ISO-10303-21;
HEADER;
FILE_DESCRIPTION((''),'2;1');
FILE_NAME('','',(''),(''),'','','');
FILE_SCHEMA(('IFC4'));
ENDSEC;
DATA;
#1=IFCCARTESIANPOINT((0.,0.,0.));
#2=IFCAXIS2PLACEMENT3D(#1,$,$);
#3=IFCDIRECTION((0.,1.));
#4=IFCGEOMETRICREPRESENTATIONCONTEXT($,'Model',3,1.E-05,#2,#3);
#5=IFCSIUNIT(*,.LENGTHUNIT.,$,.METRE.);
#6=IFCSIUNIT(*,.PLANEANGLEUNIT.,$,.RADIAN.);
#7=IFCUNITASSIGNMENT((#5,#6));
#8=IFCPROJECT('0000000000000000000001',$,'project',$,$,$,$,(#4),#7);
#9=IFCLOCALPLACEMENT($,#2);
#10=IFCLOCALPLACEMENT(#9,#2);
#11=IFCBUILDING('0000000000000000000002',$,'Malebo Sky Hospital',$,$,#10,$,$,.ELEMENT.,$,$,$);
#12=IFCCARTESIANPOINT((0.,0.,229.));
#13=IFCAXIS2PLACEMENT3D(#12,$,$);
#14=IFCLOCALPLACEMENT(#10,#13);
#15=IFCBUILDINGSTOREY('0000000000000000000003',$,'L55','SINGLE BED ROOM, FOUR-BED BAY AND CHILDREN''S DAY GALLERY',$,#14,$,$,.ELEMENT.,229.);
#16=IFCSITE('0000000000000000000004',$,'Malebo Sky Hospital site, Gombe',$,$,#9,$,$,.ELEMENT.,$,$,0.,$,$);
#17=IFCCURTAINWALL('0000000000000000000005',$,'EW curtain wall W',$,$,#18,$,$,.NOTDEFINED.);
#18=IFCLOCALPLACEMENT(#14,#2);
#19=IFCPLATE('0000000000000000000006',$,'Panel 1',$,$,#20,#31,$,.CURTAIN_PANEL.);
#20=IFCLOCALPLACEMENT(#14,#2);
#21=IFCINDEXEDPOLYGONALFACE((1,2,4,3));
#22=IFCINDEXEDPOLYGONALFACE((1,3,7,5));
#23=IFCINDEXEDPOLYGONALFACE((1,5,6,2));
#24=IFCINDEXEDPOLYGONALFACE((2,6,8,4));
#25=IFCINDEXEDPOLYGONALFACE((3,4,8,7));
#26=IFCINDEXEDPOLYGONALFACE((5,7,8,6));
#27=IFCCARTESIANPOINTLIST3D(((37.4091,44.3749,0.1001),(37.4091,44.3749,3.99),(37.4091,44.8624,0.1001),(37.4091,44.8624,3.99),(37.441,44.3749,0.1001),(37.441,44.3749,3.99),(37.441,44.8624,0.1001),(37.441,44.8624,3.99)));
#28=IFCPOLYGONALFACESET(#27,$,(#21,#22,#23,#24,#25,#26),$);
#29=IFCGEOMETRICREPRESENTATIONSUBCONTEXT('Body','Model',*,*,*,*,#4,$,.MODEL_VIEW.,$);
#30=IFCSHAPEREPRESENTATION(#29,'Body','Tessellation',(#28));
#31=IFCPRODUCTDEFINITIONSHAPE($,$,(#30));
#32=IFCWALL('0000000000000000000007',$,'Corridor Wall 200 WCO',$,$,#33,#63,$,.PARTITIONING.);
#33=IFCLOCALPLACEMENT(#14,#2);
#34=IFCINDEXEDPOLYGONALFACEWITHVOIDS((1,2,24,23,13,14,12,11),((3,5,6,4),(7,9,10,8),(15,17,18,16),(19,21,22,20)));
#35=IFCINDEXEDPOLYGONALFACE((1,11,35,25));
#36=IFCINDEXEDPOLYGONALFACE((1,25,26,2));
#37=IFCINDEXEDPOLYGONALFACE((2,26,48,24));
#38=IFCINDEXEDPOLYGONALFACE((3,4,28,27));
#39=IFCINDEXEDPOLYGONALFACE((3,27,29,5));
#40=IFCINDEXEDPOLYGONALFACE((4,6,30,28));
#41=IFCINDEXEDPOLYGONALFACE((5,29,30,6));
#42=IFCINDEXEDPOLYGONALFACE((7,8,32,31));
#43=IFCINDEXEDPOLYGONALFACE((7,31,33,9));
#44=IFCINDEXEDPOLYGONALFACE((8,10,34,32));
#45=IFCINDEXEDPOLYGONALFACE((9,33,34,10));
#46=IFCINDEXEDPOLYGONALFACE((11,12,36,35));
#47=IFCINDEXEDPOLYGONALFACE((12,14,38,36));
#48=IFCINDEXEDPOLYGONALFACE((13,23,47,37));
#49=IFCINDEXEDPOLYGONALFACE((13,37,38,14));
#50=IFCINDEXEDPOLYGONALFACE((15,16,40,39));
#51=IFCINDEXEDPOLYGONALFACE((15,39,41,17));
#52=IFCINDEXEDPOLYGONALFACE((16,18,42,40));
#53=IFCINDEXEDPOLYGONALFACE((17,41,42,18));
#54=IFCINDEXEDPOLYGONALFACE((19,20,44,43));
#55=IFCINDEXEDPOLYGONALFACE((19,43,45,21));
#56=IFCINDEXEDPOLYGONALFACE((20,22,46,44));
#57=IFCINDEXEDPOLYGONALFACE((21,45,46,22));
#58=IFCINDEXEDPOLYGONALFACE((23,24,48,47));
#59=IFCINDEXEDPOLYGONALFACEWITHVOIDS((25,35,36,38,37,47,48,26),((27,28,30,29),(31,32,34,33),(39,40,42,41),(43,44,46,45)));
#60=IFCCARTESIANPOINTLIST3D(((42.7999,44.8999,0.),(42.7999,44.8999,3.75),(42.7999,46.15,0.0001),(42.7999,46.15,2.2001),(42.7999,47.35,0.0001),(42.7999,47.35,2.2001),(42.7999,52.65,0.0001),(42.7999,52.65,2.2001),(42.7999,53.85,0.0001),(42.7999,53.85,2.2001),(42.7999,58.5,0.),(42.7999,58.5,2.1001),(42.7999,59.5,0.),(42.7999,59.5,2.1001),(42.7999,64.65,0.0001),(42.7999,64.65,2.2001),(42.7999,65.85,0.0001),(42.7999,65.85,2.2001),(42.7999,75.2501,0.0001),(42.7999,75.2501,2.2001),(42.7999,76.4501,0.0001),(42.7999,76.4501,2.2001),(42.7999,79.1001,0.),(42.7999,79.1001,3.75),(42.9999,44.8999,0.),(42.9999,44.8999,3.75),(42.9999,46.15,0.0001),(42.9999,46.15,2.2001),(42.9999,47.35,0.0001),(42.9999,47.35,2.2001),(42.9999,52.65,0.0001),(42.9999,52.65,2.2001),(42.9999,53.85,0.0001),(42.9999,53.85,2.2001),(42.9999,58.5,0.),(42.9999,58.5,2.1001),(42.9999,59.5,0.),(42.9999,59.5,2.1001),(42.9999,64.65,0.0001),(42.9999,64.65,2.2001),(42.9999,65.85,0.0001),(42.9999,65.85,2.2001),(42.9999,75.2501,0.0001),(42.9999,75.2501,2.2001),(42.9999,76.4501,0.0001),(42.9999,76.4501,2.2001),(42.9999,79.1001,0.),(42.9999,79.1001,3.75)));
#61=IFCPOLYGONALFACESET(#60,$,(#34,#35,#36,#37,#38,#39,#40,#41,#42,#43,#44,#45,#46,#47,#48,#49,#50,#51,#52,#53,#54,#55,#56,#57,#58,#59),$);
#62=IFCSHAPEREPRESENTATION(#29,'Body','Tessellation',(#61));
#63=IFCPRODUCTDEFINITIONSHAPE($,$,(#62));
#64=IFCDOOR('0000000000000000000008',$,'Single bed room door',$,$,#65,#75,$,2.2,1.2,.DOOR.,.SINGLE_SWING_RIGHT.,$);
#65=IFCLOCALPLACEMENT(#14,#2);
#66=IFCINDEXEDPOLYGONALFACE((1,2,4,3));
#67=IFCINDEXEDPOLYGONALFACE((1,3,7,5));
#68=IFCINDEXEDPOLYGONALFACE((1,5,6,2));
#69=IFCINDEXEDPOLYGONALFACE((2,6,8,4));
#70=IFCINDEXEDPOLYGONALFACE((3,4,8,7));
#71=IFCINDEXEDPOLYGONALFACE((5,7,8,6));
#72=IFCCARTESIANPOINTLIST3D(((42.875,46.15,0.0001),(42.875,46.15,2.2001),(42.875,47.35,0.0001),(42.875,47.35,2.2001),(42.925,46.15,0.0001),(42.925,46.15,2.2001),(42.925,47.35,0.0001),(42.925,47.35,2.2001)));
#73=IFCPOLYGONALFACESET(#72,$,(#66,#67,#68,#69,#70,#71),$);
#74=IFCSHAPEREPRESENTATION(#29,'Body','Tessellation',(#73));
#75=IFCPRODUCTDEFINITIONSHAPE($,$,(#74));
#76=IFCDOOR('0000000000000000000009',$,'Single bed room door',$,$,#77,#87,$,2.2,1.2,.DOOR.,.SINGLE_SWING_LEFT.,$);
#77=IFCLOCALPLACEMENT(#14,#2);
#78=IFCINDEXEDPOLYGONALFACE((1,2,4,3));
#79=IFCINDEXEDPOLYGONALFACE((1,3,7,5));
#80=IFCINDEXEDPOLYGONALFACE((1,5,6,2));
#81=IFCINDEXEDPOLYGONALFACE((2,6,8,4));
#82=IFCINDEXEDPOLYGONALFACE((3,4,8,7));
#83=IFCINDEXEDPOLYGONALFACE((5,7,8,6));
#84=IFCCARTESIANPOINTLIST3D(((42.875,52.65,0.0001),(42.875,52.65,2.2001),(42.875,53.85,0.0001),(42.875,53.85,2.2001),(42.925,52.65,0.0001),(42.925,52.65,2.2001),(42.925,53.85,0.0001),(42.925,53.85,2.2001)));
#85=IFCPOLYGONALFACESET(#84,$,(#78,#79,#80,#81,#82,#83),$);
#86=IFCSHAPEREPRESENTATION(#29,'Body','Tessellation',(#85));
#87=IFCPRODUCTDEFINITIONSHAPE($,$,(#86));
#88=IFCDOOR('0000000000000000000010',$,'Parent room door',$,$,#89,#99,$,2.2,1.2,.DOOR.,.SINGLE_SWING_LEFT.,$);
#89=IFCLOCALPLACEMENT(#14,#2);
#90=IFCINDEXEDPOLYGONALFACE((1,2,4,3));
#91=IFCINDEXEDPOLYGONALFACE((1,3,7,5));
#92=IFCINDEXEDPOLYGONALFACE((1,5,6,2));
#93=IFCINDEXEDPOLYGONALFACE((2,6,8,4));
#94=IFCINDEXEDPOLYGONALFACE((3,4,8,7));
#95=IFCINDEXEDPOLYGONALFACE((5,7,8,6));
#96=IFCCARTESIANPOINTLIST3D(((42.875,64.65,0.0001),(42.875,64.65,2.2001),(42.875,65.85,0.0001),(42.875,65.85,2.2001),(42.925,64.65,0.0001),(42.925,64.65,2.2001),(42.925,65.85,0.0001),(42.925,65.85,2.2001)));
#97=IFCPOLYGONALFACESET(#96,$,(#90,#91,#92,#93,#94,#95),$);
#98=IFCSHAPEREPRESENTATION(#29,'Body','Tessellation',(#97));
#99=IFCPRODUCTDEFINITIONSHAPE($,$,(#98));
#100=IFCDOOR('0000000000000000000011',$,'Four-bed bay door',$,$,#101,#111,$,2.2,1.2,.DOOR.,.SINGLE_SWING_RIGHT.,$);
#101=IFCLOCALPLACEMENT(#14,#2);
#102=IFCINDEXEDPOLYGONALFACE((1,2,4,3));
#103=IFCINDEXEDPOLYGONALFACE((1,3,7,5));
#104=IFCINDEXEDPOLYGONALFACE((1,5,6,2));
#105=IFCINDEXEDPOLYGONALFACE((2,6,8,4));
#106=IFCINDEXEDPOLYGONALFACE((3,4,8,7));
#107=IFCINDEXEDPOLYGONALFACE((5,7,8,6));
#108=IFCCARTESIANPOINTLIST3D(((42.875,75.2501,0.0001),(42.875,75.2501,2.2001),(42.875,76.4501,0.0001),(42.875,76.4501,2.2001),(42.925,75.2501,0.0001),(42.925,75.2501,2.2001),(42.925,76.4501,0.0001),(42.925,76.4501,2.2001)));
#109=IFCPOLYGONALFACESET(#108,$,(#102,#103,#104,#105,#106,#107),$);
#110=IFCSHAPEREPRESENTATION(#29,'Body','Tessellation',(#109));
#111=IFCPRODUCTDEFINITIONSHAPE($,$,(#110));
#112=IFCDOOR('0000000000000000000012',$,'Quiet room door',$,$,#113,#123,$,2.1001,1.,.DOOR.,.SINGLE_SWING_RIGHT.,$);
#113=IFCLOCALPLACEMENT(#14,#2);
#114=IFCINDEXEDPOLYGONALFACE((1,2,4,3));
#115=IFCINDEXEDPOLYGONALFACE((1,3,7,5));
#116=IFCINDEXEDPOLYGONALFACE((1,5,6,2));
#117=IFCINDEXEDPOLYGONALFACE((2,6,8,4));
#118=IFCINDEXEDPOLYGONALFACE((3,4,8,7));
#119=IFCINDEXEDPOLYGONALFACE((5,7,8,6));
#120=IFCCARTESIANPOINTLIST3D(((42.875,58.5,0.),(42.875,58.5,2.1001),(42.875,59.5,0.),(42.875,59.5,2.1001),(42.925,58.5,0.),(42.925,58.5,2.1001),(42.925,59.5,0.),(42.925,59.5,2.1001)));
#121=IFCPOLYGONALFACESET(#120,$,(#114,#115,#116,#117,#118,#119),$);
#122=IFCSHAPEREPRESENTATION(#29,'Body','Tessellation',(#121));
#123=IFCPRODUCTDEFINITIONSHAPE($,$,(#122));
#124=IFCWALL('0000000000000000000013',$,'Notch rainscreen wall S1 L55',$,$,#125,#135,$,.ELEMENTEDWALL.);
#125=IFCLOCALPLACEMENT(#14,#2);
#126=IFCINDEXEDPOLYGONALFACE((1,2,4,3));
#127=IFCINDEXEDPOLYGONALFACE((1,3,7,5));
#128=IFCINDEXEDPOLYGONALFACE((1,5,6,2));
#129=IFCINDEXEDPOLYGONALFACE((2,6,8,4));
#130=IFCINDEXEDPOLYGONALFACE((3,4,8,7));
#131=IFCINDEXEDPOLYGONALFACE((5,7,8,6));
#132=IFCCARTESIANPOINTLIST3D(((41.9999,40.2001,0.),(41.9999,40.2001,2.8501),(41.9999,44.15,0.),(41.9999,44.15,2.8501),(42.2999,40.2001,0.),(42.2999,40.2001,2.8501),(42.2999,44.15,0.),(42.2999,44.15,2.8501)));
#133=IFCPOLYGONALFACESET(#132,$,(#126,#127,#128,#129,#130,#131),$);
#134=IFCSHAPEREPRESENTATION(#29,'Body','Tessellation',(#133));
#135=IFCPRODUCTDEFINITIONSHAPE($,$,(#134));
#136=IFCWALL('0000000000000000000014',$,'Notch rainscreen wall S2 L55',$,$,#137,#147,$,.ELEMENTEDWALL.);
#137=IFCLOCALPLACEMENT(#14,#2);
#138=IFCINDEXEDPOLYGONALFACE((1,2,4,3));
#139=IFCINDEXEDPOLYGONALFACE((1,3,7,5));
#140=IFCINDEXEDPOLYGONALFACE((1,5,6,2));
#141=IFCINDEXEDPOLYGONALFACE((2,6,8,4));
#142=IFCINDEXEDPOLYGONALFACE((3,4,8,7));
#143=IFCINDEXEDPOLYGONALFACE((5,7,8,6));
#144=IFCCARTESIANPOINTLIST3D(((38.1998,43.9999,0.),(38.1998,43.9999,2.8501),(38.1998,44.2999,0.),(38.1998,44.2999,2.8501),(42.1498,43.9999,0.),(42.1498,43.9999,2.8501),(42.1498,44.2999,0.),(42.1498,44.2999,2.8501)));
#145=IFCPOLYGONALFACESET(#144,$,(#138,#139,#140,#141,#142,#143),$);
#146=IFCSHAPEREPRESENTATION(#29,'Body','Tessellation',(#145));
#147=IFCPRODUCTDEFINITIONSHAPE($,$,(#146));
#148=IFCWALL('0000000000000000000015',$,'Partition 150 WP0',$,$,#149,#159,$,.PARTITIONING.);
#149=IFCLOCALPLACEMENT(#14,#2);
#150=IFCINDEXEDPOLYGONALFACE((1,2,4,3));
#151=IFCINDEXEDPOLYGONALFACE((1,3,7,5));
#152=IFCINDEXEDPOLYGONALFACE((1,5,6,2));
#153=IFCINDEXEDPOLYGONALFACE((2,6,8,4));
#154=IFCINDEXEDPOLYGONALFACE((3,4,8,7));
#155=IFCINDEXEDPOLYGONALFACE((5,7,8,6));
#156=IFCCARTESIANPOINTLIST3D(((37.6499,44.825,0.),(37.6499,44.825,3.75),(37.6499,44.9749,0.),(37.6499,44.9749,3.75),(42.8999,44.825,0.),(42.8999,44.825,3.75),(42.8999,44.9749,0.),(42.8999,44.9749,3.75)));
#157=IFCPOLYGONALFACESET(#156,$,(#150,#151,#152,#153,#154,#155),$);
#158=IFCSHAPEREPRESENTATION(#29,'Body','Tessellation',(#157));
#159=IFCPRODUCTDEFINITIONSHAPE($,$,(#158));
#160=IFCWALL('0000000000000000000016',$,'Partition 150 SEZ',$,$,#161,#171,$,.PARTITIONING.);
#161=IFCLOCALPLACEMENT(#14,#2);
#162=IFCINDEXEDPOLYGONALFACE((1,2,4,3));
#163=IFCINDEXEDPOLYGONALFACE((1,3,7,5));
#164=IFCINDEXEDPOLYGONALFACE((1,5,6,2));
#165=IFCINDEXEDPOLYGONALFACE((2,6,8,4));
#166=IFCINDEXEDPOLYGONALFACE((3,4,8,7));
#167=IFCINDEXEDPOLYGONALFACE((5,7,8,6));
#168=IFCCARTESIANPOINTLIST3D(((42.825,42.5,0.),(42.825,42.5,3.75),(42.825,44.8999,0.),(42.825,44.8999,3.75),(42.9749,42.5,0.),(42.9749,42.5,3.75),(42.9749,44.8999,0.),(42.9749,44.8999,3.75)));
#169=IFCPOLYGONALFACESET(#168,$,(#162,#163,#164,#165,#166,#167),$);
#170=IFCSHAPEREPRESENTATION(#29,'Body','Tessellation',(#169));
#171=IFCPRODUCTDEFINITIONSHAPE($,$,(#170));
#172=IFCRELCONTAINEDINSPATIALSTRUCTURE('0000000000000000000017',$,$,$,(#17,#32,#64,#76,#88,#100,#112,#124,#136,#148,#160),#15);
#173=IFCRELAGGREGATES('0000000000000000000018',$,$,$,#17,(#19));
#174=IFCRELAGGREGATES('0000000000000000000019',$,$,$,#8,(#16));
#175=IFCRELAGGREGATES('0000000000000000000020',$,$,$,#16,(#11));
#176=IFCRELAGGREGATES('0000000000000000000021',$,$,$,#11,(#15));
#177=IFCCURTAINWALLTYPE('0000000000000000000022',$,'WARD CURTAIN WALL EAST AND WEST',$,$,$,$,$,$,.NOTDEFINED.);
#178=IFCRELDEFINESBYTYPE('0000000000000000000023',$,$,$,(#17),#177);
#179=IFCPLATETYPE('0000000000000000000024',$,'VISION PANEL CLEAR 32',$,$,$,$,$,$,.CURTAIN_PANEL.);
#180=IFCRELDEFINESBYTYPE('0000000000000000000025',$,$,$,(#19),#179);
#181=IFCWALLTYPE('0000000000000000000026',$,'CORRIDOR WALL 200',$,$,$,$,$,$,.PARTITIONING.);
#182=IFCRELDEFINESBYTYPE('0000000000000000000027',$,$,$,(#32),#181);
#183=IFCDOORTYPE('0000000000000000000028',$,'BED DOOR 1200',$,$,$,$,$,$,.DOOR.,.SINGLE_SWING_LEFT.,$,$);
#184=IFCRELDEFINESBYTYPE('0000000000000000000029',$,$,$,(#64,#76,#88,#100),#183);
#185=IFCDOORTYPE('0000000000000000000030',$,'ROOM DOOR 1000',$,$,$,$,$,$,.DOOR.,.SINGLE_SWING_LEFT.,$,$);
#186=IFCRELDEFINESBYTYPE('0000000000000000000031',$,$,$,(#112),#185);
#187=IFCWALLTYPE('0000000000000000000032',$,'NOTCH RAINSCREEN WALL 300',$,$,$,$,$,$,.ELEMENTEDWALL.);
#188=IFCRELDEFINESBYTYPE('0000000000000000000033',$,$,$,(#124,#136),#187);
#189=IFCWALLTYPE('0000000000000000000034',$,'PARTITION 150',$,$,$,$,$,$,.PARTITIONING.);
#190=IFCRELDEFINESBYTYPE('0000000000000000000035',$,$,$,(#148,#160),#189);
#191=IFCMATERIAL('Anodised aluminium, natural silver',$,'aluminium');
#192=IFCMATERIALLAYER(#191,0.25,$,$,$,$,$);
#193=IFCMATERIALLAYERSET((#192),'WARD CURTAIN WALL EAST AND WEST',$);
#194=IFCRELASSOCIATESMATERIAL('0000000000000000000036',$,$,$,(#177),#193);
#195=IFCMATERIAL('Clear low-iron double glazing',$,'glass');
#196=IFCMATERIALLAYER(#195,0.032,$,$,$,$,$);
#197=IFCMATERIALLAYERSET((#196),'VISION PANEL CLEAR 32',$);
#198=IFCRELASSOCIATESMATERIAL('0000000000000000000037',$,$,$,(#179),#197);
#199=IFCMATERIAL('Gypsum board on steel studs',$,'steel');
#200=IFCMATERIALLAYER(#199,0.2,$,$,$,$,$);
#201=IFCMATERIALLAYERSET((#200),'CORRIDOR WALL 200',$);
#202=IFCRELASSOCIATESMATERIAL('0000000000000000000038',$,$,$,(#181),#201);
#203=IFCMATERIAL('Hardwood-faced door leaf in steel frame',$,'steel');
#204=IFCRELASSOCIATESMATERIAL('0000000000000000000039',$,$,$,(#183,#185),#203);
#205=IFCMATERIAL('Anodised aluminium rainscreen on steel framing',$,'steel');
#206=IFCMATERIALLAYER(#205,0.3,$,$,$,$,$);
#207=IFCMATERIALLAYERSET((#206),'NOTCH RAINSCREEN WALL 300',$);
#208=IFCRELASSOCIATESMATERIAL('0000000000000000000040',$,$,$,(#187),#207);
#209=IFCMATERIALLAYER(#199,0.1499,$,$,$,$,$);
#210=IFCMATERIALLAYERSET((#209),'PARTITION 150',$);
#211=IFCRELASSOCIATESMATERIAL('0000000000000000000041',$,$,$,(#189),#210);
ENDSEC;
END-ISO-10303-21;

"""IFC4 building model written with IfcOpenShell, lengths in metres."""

from ifc_helpers import new_model, si_unit, direction, frame, frame_2d, origin, origin_2d, place, context, subcontext, project, spatial, rectangle, extrude, material, layer, layer_set, type_object, element, fill, aggregate, save


model = new_model("IFC4")

# Units and contexts
model_context = context("Model", 3, precision=1e-05, world=origin(), true_north=direction((0.0, 1.0)))
body_context = subcontext(model_context, "Body", "Model", "MODEL_VIEW")
ifc_project = project(units=[si_unit("LENGTHUNIT", "METRE"), si_unit("PLANEANGLEUNIT", "RADIAN")], contexts=[model_context])

# Site, building, storey
site_placement = place(None, origin())
site = spatial("IfcSite", under=ifc_project, at=site_placement, Name="Malebo Sky Hospital site, Gombe", CompositionType="ELEMENT", RefElevation=0.0)
building_placement = place(site_placement, origin())
building = spatial("IfcBuilding", under=site, at=building_placement, Name="Malebo Sky Hospital", CompositionType="ELEMENT")
storey_placement = place(building_placement, frame((0.0, 0.0, 229.0)))
storey = spatial("IfcBuildingStorey", under=building, at=storey_placement, Name="L55", Description="SINGLE BED ROOM, FOUR-BED BAY AND CHILDREN'S DAY GALLERY", CompositionType="ELEMENT", Elevation=229.0)

# Curtain wall
ifc_material_1 = material(Name="Anodised aluminium, natural silver", Category="aluminium")
ifc_layer_1 = layer(ifc_material_1, 0.25)
ifc_layer_set_1 = layer_set([ifc_layer_1], Name="WARD CURTAIN WALL EAST AND WEST")
curtain_wall_type_1 = type_object("IfcCurtainWallType", Name="WARD CURTAIN WALL EAST AND WEST", PredefinedType="NOTDEFINED", material=ifc_layer_set_1)
curtain_wall_1_placement = place(storey_placement, origin())
curtain_wall_1 = element("IfcCurtainWall", 1, at=curtain_wall_1_placement, inside=storey, type_object=curtain_wall_type_1, Name="EW curtain wall W", PredefinedType="NOTDEFINED")

# Plate
ifc_material_2 = material(Name="Clear low-iron double glazing", Category="glass")
ifc_layer_2 = layer(ifc_material_2, 0.032)
ifc_layer_set_2 = layer_set([ifc_layer_2], Name="VISION PANEL CLEAR 32")
plate_type = type_object("IfcPlateType", Name="VISION PANEL CLEAR 32", PredefinedType="CURTAIN_PANEL", material=ifc_layer_set_2)
plate_placement = place(storey_placement, frame((37.425, 44.6187, 0.1001), z_axis=(0.0, 0.0, 1.0), x_axis=(0.0, 1.0, 0.0)))
plate = element("IfcPlate", 2, at=plate_placement, type_object=plate_type, Name="Panel 1", PredefinedType="CURTAIN_PANEL", context=body_context, shape_type="SweptSolid", body=[
    extrude(rectangle(XDim=0.4875, YDim=0.032, at=origin_2d()), origin(), (0.0, 0.0, 1.0), 3.8899),
])
aggregate(curtain_wall_1, [plate])

# Wall, openings, doors
ifc_material_3 = material(Name="Gypsum board on steel studs", Category="steel")
ifc_layer_3 = layer(ifc_material_3, 0.2)
ifc_layer_set_3 = layer_set([ifc_layer_3], Name="CORRIDOR WALL 200")
wall_type_1 = type_object("IfcWallType", Name="CORRIDOR WALL 200", PredefinedType="PARTITIONING", material=ifc_layer_set_3)
wall_1_placement = place(storey_placement, frame((42.8999, 44.8999, 0.0), z_axis=(0.0, 0.0, 1.0), x_axis=(0.0, 1.0, 0.0)))
wall_1 = element("IfcWall", 3, at=wall_1_placement, inside=storey, type_object=wall_type_1, Name="Corridor Wall 200 WCO", PredefinedType="PARTITIONING", context=body_context, shape_type="SweptSolid", body=[
    extrude(rectangle(XDim=34.2002, YDim=0.2, at=frame_2d((17.1001, 0.0))), origin(), (0.0, 0.0, 1.0), 3.75),
])
opening_1_placement = place(wall_1_placement, frame((1.25, 0.0, 0.0)))
opening_1 = element("IfcOpeningElement", 4, at=opening_1_placement, cuts=wall_1, PredefinedType="OPENING", context=body_context, shape_type="SweptSolid", body=[
    extrude(rectangle(XDim=1.2, YDim=2.2, at=frame_2d((0.6001, 1.1001))), frame((0.0, 0.1099, 0.0), z_axis=(0.0, -1.0, 0.0), x_axis=(1.0, 0.0, 0.0)), (0.0, 0.0, 1.0), 0.22),
])
opening_2_placement = place(wall_1_placement, frame((7.75, 0.0, 0.0)))
opening_2 = element("IfcOpeningElement", 5, at=opening_2_placement, cuts=wall_1, PredefinedType="OPENING", context=body_context, shape_type="SweptSolid", body=[
    extrude(rectangle(XDim=1.2, YDim=2.2, at=frame_2d((0.6001, 1.1001))), frame((0.0, 0.1099, 0.0), z_axis=(0.0, -1.0, 0.0), x_axis=(1.0, 0.0, 0.0)), (0.0, 0.0, 1.0), 0.22),
])
opening_3_placement = place(wall_1_placement, frame((13.6001, 0.0, 0.0)))
opening_3 = element("IfcOpeningElement", 6, at=opening_3_placement, cuts=wall_1, PredefinedType="OPENING", context=body_context, shape_type="SweptSolid", body=[
    extrude(rectangle(XDim=1.0, YDim=2.1001, at=frame_2d((0.5, 1.05))), frame((0.0, 0.1099, 0.0), z_axis=(0.0, -1.0, 0.0), x_axis=(1.0, 0.0, 0.0)), (0.0, 0.0, 1.0), 0.22),
])
opening_4_placement = place(wall_1_placement, frame((19.75, 0.0, 0.0)))
opening_4 = element("IfcOpeningElement", 7, at=opening_4_placement, cuts=wall_1, PredefinedType="OPENING", context=body_context, shape_type="SweptSolid", body=[
    extrude(rectangle(XDim=1.2, YDim=2.2, at=frame_2d((0.6001, 1.1001))), frame((0.0, 0.1099, 0.0), z_axis=(0.0, -1.0, 0.0), x_axis=(1.0, 0.0, 0.0)), (0.0, 0.0, 1.0), 0.22),
])
opening_5_placement = place(wall_1_placement, frame((30.3501, 0.0, 0.0)))
opening_5 = element("IfcOpeningElement", 8, at=opening_5_placement, cuts=wall_1, PredefinedType="OPENING", context=body_context, shape_type="SweptSolid", body=[
    extrude(rectangle(XDim=1.2, YDim=2.2, at=frame_2d((0.6001, 1.1001))), frame((0.0, 0.1099, 0.0), z_axis=(0.0, -1.0, 0.0), x_axis=(1.0, 0.0, 0.0)), (0.0, 0.0, 1.0), 0.22),
])
ifc_material_4 = material(Name="Hardwood-faced door leaf in steel frame", Category="steel")
door_type_1 = type_object("IfcDoorType", Name="BED DOOR 1200", OperationType="SINGLE_SWING_LEFT", PredefinedType="DOOR", material=ifc_material_4)
door_1_placement = place(opening_1_placement, origin())
door_1 = element("IfcDoor", 9, at=door_1_placement, inside=storey, type_object=door_type_1, Name="Single bed room door", OperationType="SINGLE_SWING_RIGHT", OverallHeight=2.2, OverallWidth=1.2, PredefinedType="DOOR", context=body_context, shape_type="SweptSolid", body=[
    extrude(rectangle(XDim=1.2, YDim=2.2, at=frame_2d((0.6001, 1.1001))), frame((0.0, 0.0249, 0.0), z_axis=(0.0, -1.0, 0.0), x_axis=(1.0, 0.0, 0.0)), (0.0, 0.0, 1.0), 0.05),
])
fill(opening_1, door_1)
door_2_placement = place(opening_2_placement, origin())
door_2 = element("IfcDoor", 10, at=door_2_placement, inside=storey, type_object=door_type_1, Name="Single bed room door", OperationType="SINGLE_SWING_LEFT", OverallHeight=2.2, OverallWidth=1.2, PredefinedType="DOOR", context=body_context, shape_type="SweptSolid", body=[
    extrude(rectangle(XDim=1.2, YDim=2.2, at=frame_2d((0.6001, 1.1001))), frame((0.0, 0.0249, 0.0), z_axis=(0.0, -1.0, 0.0), x_axis=(1.0, 0.0, 0.0)), (0.0, 0.0, 1.0), 0.05),
])
fill(opening_2, door_2)
door_3_placement = place(opening_4_placement, origin())
door_3 = element("IfcDoor", 11, at=door_3_placement, inside=storey, type_object=door_type_1, Name="Parent room door", OperationType="SINGLE_SWING_LEFT", OverallHeight=2.2, OverallWidth=1.2, PredefinedType="DOOR", context=body_context, shape_type="SweptSolid", body=[
    extrude(rectangle(XDim=1.2, YDim=2.2, at=frame_2d((0.6001, 1.1001))), frame((0.0, 0.0249, 0.0), z_axis=(0.0, -1.0, 0.0), x_axis=(1.0, 0.0, 0.0)), (0.0, 0.0, 1.0), 0.05),
])
fill(opening_4, door_3)
door_4_placement = place(opening_5_placement, origin())
door_4 = element("IfcDoor", 12, at=door_4_placement, inside=storey, type_object=door_type_1, Name="Four-bed bay door", OperationType="SINGLE_SWING_RIGHT", OverallHeight=2.2, OverallWidth=1.2, PredefinedType="DOOR", context=body_context, shape_type="SweptSolid", body=[
    extrude(rectangle(XDim=1.2, YDim=2.2, at=frame_2d((0.6001, 1.1001))), frame((0.0, 0.0249, 0.0), z_axis=(0.0, -1.0, 0.0), x_axis=(1.0, 0.0, 0.0)), (0.0, 0.0, 1.0), 0.05),
])
fill(opening_5, door_4)
door_type_2 = type_object("IfcDoorType", Name="ROOM DOOR 1000", OperationType="SINGLE_SWING_LEFT", PredefinedType="DOOR", material=ifc_material_4)
door_5_placement = place(opening_3_placement, origin())
door_5 = element("IfcDoor", 13, at=door_5_placement, inside=storey, type_object=door_type_2, Name="Quiet room door", OperationType="SINGLE_SWING_RIGHT", OverallHeight=2.1001, OverallWidth=1.0, PredefinedType="DOOR", context=body_context, shape_type="SweptSolid", body=[
    extrude(rectangle(XDim=1.0, YDim=2.1001, at=frame_2d((0.5, 1.05))), frame((0.0, 0.0249, 0.0), z_axis=(0.0, -1.0, 0.0), x_axis=(1.0, 0.0, 0.0)), (0.0, 0.0, 1.0), 0.05),
])
fill(opening_3, door_5)

# Walls
ifc_material_5 = material(Name="Anodised aluminium rainscreen on steel framing", Category="steel")
ifc_layer_4 = layer(ifc_material_5, 0.3)
ifc_layer_set_4 = layer_set([ifc_layer_4], Name="NOTCH RAINSCREEN WALL 300")
wall_type_2 = type_object("IfcWallType", Name="NOTCH RAINSCREEN WALL 300", PredefinedType="ELEMENTEDWALL", material=ifc_layer_set_4)
for number, where, z_axis, x_axis, name in (
    (14, (42.1499, 40.2, 0.0), (0.0, 0.0, 1.0), (0.0, 1.0, 0.0), "Notch rainscreen wall S1 L55"),
    (15, (42.1499, 44.1499, 0.0), (0.0, 0.0, 1.0), (-1.0, 0.0, 0.0), "Notch rainscreen wall S2 L55"),
):
    element("IfcWall", number, at=place(storey_placement, frame(where, z_axis=z_axis, x_axis=x_axis)), inside=storey, type_object=wall_type_2, Name=name, PredefinedType="ELEMENTEDWALL", context=body_context, shape_type="SweptSolid", body=[
        extrude(rectangle(XDim=3.95, YDim=0.3, at=frame_2d((1.9751, 0.0))), origin(), (0.0, 0.0, 1.0), 2.8501),
    ])
ifc_layer_5 = layer(ifc_material_3, 0.1499)
ifc_layer_set_5 = layer_set([ifc_layer_5], Name="PARTITION 150")
wall_type_3 = type_object("IfcWallType", Name="PARTITION 150", PredefinedType="PARTITIONING", material=ifc_layer_set_5)
wall_2_placement = place(storey_placement, frame((42.8999, 44.8999, 0.0), z_axis=(0.0, 0.0, 1.0), x_axis=(-1.0, 0.0, 0.0)))
element("IfcWall", 16, at=wall_2_placement, inside=storey, type_object=wall_type_3, Name="Partition 150 WP0", PredefinedType="PARTITIONING", context=body_context, shape_type="SweptSolid", body=[
    extrude(rectangle(XDim=5.25, YDim=0.1499, at=frame_2d((2.625, 0.0))), origin(), (0.0, 0.0, 1.0), 3.75),
])
wall_3_placement = place(storey_placement, frame((42.8999, 44.8999, 0.0), z_axis=(0.0, 0.0, 1.0), x_axis=(0.0, -1.0, 0.0)))
element("IfcWall", 17, at=wall_3_placement, inside=storey, type_object=wall_type_3, Name="Partition 150 SEZ", PredefinedType="PARTITIONING", context=body_context, shape_type="SweptSolid", body=[
    extrude(rectangle(XDim=2.3999, YDim=0.1499, at=frame_2d((1.2, 0.0))), origin(), (0.0, 0.0, 1.0), 3.75),
])

save(model, "model.ifc")
